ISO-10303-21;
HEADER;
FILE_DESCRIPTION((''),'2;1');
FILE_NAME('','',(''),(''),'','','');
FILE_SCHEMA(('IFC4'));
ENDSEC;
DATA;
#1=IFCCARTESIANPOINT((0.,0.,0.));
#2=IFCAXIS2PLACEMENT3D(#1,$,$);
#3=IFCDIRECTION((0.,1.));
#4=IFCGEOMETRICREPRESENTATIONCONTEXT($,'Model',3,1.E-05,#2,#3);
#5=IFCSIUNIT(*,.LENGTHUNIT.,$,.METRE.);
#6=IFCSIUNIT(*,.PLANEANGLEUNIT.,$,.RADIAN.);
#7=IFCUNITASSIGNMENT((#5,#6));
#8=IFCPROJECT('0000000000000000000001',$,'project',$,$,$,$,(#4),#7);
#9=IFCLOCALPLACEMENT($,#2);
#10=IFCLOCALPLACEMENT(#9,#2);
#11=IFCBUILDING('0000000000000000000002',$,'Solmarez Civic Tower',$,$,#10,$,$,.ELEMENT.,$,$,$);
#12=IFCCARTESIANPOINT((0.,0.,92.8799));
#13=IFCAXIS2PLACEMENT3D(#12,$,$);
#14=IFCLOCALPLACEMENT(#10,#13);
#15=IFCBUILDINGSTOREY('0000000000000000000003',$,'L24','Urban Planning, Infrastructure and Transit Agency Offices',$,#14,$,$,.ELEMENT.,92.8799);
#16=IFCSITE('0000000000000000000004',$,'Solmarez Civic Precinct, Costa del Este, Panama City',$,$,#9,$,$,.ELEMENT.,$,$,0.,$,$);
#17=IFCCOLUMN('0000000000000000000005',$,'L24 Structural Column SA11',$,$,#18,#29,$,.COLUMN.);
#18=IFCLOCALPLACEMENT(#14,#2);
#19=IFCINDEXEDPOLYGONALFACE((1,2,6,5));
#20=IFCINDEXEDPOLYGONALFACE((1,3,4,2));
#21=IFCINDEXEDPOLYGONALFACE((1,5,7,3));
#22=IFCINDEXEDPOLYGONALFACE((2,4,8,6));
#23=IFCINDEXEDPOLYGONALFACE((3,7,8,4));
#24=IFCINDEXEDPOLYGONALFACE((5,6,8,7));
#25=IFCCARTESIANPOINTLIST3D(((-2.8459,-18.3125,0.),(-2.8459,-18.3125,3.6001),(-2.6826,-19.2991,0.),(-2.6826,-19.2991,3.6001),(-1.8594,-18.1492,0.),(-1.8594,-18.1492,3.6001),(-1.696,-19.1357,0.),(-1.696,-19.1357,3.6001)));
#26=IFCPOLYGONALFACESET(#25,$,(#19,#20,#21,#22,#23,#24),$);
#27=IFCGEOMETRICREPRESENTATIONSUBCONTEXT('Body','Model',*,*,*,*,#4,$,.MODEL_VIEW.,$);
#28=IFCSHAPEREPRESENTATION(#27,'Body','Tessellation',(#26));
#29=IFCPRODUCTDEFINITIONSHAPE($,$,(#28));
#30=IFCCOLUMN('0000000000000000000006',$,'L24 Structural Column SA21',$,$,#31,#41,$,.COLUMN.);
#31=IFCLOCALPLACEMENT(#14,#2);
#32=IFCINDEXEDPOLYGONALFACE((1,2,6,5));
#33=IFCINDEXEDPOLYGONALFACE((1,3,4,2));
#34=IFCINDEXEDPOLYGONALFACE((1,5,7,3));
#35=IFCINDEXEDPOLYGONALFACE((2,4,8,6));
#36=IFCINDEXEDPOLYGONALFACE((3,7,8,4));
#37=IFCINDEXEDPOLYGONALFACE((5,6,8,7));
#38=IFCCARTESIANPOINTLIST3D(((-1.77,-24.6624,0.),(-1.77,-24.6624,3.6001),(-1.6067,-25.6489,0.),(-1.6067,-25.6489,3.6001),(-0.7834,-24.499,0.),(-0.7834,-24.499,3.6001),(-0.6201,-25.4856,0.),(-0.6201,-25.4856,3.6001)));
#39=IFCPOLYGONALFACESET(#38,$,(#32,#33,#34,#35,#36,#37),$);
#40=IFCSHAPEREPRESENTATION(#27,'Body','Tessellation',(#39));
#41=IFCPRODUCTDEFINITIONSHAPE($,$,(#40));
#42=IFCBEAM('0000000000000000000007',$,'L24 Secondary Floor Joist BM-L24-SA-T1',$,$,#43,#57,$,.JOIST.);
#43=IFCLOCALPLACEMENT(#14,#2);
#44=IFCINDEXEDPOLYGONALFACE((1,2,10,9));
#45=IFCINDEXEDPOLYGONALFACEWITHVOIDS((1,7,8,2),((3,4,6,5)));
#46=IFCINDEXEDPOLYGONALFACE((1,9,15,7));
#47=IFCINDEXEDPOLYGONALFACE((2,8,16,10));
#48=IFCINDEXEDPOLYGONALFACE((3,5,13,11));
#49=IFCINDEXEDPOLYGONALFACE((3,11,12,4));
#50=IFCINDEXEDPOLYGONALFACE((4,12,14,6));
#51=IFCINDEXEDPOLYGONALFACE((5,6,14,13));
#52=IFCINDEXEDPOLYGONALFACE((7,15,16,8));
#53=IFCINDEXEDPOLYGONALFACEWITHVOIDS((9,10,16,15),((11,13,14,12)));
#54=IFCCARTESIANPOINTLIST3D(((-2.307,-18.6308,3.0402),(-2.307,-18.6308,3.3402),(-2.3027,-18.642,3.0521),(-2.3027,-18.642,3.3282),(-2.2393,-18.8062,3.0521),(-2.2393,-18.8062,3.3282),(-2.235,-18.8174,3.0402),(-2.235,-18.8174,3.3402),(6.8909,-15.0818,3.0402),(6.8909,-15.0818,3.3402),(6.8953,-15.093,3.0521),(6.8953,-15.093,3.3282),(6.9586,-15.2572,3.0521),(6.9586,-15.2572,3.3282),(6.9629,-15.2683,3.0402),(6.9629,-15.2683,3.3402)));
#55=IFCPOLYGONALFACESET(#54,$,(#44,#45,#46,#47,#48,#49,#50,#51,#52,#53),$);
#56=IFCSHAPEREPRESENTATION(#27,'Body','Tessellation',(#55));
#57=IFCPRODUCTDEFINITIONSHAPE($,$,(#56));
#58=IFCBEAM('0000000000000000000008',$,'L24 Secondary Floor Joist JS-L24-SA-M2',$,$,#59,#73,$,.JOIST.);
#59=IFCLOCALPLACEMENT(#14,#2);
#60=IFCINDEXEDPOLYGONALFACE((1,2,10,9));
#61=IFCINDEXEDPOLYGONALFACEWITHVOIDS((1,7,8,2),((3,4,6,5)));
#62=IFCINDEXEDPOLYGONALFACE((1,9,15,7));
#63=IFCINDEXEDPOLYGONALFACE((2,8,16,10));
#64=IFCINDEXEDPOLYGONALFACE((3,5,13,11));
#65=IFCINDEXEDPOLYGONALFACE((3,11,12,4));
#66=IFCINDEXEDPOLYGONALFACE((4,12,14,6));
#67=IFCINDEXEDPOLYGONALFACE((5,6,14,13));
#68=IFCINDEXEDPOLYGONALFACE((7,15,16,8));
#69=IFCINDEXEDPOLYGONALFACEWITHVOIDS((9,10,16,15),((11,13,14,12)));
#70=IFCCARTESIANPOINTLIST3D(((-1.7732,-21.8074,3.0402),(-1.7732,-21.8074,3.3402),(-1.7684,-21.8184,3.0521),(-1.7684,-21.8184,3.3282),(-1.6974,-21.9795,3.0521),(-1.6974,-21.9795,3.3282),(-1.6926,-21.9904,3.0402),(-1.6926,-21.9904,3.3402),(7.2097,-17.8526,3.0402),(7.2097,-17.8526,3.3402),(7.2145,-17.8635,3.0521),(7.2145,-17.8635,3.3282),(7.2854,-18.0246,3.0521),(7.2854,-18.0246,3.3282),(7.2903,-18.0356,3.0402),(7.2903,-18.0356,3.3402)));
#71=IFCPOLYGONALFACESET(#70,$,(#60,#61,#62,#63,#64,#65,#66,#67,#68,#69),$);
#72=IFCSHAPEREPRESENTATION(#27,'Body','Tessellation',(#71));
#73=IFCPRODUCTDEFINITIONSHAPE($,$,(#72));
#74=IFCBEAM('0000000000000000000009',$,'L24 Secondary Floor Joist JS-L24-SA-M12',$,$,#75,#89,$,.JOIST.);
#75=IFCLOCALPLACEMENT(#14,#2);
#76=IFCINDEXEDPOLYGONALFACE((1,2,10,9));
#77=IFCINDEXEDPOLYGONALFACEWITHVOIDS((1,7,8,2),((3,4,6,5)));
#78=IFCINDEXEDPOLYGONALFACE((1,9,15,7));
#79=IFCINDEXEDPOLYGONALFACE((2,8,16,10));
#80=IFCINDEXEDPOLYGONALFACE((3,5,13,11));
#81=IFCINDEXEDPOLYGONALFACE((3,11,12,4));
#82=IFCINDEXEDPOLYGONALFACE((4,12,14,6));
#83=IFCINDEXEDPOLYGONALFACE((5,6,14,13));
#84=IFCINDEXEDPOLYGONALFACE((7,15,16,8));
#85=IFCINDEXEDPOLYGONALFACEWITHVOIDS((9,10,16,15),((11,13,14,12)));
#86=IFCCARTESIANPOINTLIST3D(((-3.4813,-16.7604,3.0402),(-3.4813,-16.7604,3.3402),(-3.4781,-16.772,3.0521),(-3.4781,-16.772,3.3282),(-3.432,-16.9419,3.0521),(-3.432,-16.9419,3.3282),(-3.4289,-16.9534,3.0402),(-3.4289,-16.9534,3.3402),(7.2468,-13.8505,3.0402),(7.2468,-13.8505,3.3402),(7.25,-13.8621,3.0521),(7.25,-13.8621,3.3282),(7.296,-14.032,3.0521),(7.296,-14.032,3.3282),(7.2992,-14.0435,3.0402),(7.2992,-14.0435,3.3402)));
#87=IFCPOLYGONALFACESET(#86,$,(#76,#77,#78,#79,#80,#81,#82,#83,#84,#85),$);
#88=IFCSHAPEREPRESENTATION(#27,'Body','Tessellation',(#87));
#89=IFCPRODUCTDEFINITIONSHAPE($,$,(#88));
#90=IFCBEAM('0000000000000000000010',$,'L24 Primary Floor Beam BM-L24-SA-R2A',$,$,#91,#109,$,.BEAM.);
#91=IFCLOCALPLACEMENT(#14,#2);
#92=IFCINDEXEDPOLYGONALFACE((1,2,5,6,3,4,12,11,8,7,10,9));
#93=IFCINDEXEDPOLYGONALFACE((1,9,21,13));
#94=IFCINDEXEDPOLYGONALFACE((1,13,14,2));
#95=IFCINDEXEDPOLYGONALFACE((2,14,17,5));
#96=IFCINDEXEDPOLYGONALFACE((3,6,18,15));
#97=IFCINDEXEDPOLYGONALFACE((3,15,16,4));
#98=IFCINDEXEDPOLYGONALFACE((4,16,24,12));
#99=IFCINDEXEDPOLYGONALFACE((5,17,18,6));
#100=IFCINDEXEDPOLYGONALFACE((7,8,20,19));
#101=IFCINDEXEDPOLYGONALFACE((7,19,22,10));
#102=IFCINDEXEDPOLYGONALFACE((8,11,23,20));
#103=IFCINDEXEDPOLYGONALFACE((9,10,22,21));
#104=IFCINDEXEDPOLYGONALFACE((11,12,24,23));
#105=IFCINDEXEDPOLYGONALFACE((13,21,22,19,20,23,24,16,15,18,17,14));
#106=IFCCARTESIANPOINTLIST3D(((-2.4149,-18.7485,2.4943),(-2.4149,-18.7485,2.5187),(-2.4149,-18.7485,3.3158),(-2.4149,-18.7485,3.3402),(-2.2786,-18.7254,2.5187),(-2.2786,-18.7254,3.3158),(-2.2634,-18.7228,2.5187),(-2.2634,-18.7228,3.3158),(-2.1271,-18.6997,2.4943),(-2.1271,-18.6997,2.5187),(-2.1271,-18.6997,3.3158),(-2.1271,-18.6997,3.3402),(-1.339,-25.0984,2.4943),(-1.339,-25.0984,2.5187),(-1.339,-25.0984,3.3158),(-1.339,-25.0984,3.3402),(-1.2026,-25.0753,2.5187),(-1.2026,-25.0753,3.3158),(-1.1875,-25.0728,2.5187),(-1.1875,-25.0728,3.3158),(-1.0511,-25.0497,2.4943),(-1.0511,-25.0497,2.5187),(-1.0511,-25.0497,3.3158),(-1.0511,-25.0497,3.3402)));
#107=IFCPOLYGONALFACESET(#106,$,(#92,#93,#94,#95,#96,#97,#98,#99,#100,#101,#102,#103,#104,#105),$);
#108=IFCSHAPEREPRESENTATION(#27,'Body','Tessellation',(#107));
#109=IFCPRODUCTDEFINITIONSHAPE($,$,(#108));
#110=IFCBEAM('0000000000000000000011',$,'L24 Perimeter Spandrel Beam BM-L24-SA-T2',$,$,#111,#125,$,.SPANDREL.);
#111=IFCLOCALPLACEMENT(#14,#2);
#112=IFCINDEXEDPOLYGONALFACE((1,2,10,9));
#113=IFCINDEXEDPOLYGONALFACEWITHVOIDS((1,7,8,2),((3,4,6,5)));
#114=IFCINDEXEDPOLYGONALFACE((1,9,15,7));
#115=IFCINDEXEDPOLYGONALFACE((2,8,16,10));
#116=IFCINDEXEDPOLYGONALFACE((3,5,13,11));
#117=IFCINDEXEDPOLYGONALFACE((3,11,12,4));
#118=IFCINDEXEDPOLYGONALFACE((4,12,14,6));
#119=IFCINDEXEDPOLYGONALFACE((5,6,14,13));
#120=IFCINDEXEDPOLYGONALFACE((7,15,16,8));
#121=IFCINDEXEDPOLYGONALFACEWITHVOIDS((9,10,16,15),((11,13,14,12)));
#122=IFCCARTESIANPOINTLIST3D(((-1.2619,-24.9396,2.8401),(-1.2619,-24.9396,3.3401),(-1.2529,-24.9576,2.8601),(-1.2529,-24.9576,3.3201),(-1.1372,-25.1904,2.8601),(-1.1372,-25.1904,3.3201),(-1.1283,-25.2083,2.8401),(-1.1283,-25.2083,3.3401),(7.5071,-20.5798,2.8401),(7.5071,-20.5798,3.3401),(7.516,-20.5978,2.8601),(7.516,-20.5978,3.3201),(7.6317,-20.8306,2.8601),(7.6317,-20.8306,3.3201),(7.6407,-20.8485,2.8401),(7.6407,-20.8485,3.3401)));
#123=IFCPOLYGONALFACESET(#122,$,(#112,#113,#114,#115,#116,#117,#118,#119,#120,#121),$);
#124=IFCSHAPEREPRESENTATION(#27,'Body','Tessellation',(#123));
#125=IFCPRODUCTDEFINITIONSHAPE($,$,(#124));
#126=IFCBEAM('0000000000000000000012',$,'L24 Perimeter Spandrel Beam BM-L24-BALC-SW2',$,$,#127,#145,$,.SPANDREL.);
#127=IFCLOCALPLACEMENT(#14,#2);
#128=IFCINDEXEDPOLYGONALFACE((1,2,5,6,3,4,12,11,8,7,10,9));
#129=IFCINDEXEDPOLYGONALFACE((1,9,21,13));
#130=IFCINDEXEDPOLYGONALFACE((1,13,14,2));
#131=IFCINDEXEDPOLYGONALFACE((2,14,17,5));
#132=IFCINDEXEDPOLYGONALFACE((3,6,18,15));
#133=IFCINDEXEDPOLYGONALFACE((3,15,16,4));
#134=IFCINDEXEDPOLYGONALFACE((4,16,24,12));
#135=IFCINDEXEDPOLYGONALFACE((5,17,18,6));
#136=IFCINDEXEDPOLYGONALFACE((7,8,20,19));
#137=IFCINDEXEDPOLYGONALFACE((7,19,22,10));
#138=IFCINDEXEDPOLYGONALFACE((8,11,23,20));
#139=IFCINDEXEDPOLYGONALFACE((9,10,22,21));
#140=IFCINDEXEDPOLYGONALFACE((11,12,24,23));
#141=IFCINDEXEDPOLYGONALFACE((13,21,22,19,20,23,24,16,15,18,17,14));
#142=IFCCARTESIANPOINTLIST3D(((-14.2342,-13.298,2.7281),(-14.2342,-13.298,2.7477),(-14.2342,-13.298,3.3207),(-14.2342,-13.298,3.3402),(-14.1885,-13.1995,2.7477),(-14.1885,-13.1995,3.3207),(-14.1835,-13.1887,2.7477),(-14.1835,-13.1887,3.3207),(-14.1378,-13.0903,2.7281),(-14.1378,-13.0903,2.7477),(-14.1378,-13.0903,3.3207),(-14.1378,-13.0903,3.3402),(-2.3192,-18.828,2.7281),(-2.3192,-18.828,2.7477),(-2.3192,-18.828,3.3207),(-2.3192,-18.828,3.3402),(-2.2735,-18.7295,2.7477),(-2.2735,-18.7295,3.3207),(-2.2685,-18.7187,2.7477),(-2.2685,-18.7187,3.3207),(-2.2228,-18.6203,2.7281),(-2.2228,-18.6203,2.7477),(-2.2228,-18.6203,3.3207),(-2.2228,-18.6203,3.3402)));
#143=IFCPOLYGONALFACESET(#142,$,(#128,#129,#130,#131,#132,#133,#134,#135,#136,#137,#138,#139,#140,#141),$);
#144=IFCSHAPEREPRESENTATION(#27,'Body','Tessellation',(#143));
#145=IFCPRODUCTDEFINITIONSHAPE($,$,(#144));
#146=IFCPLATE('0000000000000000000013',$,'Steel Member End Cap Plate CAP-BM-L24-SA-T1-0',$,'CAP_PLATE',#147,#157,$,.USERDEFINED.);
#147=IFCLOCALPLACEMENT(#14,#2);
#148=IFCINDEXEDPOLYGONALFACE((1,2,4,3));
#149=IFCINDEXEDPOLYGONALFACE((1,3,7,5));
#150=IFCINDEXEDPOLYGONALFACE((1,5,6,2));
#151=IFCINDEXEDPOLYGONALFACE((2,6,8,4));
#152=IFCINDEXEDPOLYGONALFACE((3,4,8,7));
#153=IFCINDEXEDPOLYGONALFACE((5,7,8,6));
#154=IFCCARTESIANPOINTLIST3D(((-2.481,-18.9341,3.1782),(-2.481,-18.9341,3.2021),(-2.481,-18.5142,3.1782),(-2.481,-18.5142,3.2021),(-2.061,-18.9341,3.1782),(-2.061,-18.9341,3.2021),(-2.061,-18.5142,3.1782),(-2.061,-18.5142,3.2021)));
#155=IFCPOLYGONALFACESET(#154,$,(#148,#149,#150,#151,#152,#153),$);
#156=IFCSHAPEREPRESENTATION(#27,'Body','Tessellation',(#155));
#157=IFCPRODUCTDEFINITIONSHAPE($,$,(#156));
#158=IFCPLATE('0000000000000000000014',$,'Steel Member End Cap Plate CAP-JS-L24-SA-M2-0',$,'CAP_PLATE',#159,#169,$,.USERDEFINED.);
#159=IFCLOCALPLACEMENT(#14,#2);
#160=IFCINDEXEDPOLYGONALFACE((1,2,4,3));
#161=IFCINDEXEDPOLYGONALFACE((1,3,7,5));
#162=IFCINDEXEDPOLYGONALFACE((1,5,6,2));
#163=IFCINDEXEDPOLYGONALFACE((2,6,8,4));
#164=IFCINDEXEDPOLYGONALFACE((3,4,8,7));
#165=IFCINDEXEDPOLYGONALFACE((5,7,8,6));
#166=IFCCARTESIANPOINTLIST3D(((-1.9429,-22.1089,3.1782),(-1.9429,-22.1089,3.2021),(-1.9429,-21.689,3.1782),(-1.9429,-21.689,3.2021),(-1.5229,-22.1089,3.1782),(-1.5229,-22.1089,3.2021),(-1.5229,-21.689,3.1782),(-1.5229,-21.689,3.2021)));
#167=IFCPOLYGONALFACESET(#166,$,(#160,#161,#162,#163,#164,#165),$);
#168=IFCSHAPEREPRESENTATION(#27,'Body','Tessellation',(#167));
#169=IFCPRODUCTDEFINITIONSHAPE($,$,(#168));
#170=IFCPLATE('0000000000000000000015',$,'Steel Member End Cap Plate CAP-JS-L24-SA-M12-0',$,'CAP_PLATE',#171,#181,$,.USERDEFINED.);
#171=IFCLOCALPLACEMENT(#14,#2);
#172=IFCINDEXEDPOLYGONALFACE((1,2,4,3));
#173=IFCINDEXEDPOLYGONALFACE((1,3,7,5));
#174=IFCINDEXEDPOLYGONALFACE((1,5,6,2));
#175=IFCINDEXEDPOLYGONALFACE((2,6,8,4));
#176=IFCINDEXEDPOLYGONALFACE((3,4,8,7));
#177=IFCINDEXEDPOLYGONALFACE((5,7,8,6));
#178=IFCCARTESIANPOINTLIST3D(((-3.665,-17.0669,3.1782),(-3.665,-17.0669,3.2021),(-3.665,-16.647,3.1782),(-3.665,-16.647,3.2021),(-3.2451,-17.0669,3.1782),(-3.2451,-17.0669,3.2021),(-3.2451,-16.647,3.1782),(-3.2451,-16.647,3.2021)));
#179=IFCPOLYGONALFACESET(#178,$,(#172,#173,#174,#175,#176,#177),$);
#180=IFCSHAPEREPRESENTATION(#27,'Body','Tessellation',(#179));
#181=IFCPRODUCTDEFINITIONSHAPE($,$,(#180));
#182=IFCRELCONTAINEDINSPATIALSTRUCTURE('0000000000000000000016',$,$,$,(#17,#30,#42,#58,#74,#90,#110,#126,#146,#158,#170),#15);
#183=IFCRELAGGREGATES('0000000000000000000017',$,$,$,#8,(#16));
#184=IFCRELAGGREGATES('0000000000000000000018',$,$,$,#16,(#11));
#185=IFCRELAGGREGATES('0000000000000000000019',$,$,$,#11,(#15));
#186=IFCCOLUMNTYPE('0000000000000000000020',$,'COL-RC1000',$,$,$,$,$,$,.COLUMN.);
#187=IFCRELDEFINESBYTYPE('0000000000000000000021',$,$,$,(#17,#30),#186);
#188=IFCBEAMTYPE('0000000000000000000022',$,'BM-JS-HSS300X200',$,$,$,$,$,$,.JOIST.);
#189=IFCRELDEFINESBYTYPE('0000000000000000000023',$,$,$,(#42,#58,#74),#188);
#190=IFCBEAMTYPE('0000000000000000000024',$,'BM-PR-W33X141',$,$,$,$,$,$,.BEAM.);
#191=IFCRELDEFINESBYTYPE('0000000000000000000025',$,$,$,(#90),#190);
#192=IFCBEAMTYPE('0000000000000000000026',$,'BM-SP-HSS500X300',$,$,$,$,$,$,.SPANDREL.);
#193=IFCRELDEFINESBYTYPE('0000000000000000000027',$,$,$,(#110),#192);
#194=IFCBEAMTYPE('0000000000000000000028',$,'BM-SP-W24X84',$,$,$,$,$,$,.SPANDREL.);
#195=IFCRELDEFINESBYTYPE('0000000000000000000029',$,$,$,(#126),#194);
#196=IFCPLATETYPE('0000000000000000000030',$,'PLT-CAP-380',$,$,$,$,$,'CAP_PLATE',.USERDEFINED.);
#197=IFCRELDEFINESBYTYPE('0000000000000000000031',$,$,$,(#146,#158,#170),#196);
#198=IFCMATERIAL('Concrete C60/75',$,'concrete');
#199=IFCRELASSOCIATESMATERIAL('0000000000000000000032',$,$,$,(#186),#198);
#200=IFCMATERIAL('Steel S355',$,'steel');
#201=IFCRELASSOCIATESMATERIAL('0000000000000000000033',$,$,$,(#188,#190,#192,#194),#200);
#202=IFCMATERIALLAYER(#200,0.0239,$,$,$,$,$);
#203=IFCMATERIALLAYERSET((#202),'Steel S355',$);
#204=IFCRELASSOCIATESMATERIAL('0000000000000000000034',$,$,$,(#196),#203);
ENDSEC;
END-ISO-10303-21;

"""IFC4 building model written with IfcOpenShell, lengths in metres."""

from ifc_helpers import new_model, si_unit, direction, frame, origin, origin_2d, place, context, subcontext, project, spatial, rectangle, hollow_rectangle, i_section, extrude, material, layer, layer_set, material_profile, profile_set, type_object, element, save


model = new_model("IFC4")

# Units and contexts
model_context = context("Model", 3, precision=1e-05, world=origin(), true_north=direction((0.0, 1.0)))
body_context = subcontext(model_context, "Body", "Model", "MODEL_VIEW")
ifc_project = project(units=[si_unit("LENGTHUNIT", "METRE"), si_unit("PLANEANGLEUNIT", "RADIAN")], contexts=[model_context])

# Site, building, storey
site_placement = place(None, origin())
site = spatial("IfcSite", under=ifc_project, at=site_placement, Name="Solmarez Civic Precinct, Costa del Este, Panama City", CompositionType="ELEMENT", RefElevation=0.0)
building_placement = place(site_placement, origin())
building = spatial("IfcBuilding", under=site, at=building_placement, Name="Solmarez Civic Tower", CompositionType="ELEMENT")
storey_placement = place(building_placement, frame((0.0, 0.0, 92.8799)))
storey = spatial("IfcBuildingStorey", under=building, at=storey_placement, Name="L24", Description="Urban Planning, Infrastructure and Transit Agency Offices", CompositionType="ELEMENT", Elevation=92.8799)

# Columns
ifc_material_1 = material(Name="Concrete C60/75", Category="concrete")
ifc_material_profile_1 = material_profile(ifc_material_1, rectangle(XDim=1.0, YDim=1.0, at=origin_2d()), Name="RC1000X1000")
ifc_profile_set_1 = profile_set([ifc_material_profile_1], Name="Concrete C60/75")
column_type = type_object("IfcColumnType", Name="COL-RC1000", PredefinedType="COLUMN", material=ifc_profile_set_1)
for number, where, z_axis, x_axis, name in (
    (1, (-2.271, -18.7241, 0.0), (0.0, 0.0, 1.0), (0.986572, 0.163326, 0.0), "L24 Structural Column SA11"),
    (2, (-1.1951, -25.074, 0.0), (0.0, 0.0, 1.0), (0.986572, 0.163326, 0.0), "L24 Structural Column SA21"),
):
    element("IfcColumn", number, at=place(storey_placement, frame(where, z_axis=z_axis, x_axis=x_axis)), inside=storey, type_object=column_type, Name=name, PredefinedType="COLUMN", context=body_context, shape_type="SweptSolid", body=[
        extrude(rectangle(XDim=1.0, YDim=1.0, at=origin_2d()), origin(), (0.0, 0.0, 1.0), 3.6001),
    ])

# Beams
ifc_material_2 = material(Name="Steel S355", Category="steel")
ifc_material_profile_2 = material_profile(ifc_material_2, hollow_rectangle(XDim=0.2, YDim=0.3, WallThickness=0.012, at=origin_2d()), Name="HSS300X200X12")
ifc_profile_set_2 = profile_set([ifc_material_profile_2], Name="Steel S355")
beam_type_1 = type_object("IfcBeamType", Name="BM-JS-HSS300X200", PredefinedType="JOIST", material=ifc_profile_set_2)
beam_1_placement = place(storey_placement, frame((-2.271, -18.7241, 3.1902), z_axis=(0.932958, 0.359984, 0.0), x_axis=(-0.359984, 0.932958, 0.0)))
element("IfcBeam", 3, at=beam_1_placement, inside=storey, type_object=beam_type_1, Name="L24 Secondary Floor Joist BM-L24-SA-T1", PredefinedType="JOIST", context=body_context, shape_type="SweptSolid", body=[
    extrude(hollow_rectangle(XDim=0.2, YDim=0.3, WallThickness=0.012, at=origin_2d()), origin(), (0.0, 0.0, 1.0), 9.8589),
])
beam_2_placement = place(storey_placement, frame((-1.7329, -21.8989, 3.1902), z_axis=(0.915227, 0.402939, 0.0), x_axis=(-0.402939, 0.915227, 0.0)))
element("IfcBeam", 4, at=beam_2_placement, inside=storey, type_object=beam_type_1, Name="L24 Secondary Floor Joist JS-L24-SA-M2", PredefinedType="JOIST", context=body_context, shape_type="SweptSolid", body=[
    extrude(hollow_rectangle(XDim=0.2, YDim=0.3, WallThickness=0.012, at=origin_2d()), origin(), (0.0, 0.0, 1.0), 9.8149),
])
beam_3_placement = place(storey_placement, frame((-3.4551, -16.8569, 3.1902), z_axis=(0.965126, 0.261785, 0.0), x_axis=(-0.261785, 0.965126, 0.0)))
element("IfcBeam", 5, at=beam_3_placement, inside=storey, type_object=beam_type_1, Name="L24 Secondary Floor Joist JS-L24-SA-M12", PredefinedType="JOIST", context=body_context, shape_type="SweptSolid", body=[
    extrude(hollow_rectangle(XDim=0.2, YDim=0.3, WallThickness=0.012, at=origin_2d()), origin(), (0.0, 0.0, 1.0), 11.1157),
])
ifc_material_profile_3 = material_profile(ifc_material_2, i_section(OverallWidth=0.292, OverallDepth=0.8459, WebThickness=0.0154, FlangeThickness=0.0244, at=origin_2d()), Name="W33X141")
ifc_profile_set_3 = profile_set([ifc_material_profile_3], Name="Steel S355")
beam_type_2 = type_object("IfcBeamType", Name="BM-PR-W33X141", PredefinedType="BEAM", material=ifc_profile_set_3)
beam_4_placement = place(storey_placement, frame((-2.271, -18.7241, 2.9172), z_axis=(0.16706, -0.985947, 0.0), x_axis=(0.985947, 0.16706, 0.0)))
element("IfcBeam", 6, at=beam_4_placement, inside=storey, type_object=beam_type_2, Name="L24 Primary Floor Beam BM-L24-SA-R2A", PredefinedType="BEAM", context=body_context, shape_type="SweptSolid", body=[
    extrude(i_section(OverallWidth=0.292, OverallDepth=0.8459, WebThickness=0.0154, FlangeThickness=0.0244, at=origin_2d()), origin(), (0.0, 0.0, 1.0), 6.4404),
])
ifc_material_profile_4 = material_profile(ifc_material_2, hollow_rectangle(XDim=0.3, YDim=0.5, WallThickness=0.02, at=origin_2d()), Name="HSS500X300X20")
ifc_profile_set_4 = profile_set([ifc_material_profile_4], Name="Steel S355")
beam_type_3 = type_object("IfcBeamType", Name="BM-SP-HSS500X300", PredefinedType="SPANDREL", material=ifc_profile_set_4)
beam_5_placement = place(storey_placement, frame((-1.1951, -25.074, 3.0901), z_axis=(0.895432, 0.445198, 0.0), x_axis=(-0.445198, 0.895432, 0.0)))
element("IfcBeam", 7, at=beam_5_placement, inside=storey, type_object=beam_type_3, Name="L24 Perimeter Spandrel Beam BM-L24-SA-T2", PredefinedType="SPANDREL", context=body_context, shape_type="SweptSolid", body=[
    extrude(hollow_rectangle(XDim=0.3, YDim=0.5, WallThickness=0.02, at=origin_2d()), origin(), (0.0, 0.0, 1.0), 9.793),
])
ifc_material_profile_5 = material_profile(ifc_material_2, i_section(OverallWidth=0.229, OverallDepth=0.6121, WebThickness=0.012, FlangeThickness=0.0195, at=origin_2d()), Name="W24X84")
ifc_profile_set_5 = profile_set([ifc_material_profile_5], Name="Steel S355")
beam_type_4 = type_object("IfcBeamType", Name="BM-SP-W24X84", PredefinedType="SPANDREL", material=ifc_profile_set_5)
beam_6_placement = place(storey_placement, frame((-2.271, -18.7241, 3.0342), z_axis=(-0.907066, 0.420989, 0.0), x_axis=(-0.420989, -0.907066, 0.0)))
element("IfcBeam", 8, at=beam_6_placement, inside=storey, type_object=beam_type_4, Name="L24 Perimeter Spandrel Beam BM-L24-BALC-SW2", PredefinedType="SPANDREL", context=body_context, shape_type="SweptSolid", body=[
    extrude(i_section(OverallWidth=0.229, OverallDepth=0.6121, WebThickness=0.012, FlangeThickness=0.0195, at=origin_2d()), origin(), (0.0, 0.0, 1.0), 13.1357),
])

# Plates
ifc_layer_1 = layer(ifc_material_2, 0.0239)
ifc_layer_set_1 = layer_set([ifc_layer_1], Name="Steel S355")
plate_type_1 = type_object("IfcPlateType", Name="PLT-CAP-380", ElementType="CAP_PLATE", PredefinedType="USERDEFINED", material=ifc_layer_set_1)
for number, where, z_axis, x_axis, name in (
    (9, (-2.271, -18.7241, 3.1782), (0.0, 0.0, 1.0), (1.0, 0.0, 0.0), "Steel Member End Cap Plate CAP-BM-L24-SA-T1-0"),
    (10, (-1.7329, -21.8989, 3.1782), (0.0, 0.0, 1.0), (1.0, 0.0, 0.0), "Steel Member End Cap Plate CAP-JS-L24-SA-M2-0"),
    (11, (-3.4551, -16.8569, 3.1782), (0.0, 0.0, 1.0), (1.0, 0.0, 0.0), "Steel Member End Cap Plate CAP-JS-L24-SA-M12-0"),
):
    element("IfcPlate", number, at=place(storey_placement, frame(where, z_axis=z_axis, x_axis=x_axis)), inside=storey, type_object=plate_type_1, Name=name, ObjectType="CAP_PLATE", PredefinedType="USERDEFINED", context=body_context, shape_type="SweptSolid", body=[
        extrude(rectangle(XDim=0.4199, YDim=0.4199, at=origin_2d()), origin(), (0.0, 0.0, 1.0), 0.0239),
    ])

save(model, "model.ifc")
